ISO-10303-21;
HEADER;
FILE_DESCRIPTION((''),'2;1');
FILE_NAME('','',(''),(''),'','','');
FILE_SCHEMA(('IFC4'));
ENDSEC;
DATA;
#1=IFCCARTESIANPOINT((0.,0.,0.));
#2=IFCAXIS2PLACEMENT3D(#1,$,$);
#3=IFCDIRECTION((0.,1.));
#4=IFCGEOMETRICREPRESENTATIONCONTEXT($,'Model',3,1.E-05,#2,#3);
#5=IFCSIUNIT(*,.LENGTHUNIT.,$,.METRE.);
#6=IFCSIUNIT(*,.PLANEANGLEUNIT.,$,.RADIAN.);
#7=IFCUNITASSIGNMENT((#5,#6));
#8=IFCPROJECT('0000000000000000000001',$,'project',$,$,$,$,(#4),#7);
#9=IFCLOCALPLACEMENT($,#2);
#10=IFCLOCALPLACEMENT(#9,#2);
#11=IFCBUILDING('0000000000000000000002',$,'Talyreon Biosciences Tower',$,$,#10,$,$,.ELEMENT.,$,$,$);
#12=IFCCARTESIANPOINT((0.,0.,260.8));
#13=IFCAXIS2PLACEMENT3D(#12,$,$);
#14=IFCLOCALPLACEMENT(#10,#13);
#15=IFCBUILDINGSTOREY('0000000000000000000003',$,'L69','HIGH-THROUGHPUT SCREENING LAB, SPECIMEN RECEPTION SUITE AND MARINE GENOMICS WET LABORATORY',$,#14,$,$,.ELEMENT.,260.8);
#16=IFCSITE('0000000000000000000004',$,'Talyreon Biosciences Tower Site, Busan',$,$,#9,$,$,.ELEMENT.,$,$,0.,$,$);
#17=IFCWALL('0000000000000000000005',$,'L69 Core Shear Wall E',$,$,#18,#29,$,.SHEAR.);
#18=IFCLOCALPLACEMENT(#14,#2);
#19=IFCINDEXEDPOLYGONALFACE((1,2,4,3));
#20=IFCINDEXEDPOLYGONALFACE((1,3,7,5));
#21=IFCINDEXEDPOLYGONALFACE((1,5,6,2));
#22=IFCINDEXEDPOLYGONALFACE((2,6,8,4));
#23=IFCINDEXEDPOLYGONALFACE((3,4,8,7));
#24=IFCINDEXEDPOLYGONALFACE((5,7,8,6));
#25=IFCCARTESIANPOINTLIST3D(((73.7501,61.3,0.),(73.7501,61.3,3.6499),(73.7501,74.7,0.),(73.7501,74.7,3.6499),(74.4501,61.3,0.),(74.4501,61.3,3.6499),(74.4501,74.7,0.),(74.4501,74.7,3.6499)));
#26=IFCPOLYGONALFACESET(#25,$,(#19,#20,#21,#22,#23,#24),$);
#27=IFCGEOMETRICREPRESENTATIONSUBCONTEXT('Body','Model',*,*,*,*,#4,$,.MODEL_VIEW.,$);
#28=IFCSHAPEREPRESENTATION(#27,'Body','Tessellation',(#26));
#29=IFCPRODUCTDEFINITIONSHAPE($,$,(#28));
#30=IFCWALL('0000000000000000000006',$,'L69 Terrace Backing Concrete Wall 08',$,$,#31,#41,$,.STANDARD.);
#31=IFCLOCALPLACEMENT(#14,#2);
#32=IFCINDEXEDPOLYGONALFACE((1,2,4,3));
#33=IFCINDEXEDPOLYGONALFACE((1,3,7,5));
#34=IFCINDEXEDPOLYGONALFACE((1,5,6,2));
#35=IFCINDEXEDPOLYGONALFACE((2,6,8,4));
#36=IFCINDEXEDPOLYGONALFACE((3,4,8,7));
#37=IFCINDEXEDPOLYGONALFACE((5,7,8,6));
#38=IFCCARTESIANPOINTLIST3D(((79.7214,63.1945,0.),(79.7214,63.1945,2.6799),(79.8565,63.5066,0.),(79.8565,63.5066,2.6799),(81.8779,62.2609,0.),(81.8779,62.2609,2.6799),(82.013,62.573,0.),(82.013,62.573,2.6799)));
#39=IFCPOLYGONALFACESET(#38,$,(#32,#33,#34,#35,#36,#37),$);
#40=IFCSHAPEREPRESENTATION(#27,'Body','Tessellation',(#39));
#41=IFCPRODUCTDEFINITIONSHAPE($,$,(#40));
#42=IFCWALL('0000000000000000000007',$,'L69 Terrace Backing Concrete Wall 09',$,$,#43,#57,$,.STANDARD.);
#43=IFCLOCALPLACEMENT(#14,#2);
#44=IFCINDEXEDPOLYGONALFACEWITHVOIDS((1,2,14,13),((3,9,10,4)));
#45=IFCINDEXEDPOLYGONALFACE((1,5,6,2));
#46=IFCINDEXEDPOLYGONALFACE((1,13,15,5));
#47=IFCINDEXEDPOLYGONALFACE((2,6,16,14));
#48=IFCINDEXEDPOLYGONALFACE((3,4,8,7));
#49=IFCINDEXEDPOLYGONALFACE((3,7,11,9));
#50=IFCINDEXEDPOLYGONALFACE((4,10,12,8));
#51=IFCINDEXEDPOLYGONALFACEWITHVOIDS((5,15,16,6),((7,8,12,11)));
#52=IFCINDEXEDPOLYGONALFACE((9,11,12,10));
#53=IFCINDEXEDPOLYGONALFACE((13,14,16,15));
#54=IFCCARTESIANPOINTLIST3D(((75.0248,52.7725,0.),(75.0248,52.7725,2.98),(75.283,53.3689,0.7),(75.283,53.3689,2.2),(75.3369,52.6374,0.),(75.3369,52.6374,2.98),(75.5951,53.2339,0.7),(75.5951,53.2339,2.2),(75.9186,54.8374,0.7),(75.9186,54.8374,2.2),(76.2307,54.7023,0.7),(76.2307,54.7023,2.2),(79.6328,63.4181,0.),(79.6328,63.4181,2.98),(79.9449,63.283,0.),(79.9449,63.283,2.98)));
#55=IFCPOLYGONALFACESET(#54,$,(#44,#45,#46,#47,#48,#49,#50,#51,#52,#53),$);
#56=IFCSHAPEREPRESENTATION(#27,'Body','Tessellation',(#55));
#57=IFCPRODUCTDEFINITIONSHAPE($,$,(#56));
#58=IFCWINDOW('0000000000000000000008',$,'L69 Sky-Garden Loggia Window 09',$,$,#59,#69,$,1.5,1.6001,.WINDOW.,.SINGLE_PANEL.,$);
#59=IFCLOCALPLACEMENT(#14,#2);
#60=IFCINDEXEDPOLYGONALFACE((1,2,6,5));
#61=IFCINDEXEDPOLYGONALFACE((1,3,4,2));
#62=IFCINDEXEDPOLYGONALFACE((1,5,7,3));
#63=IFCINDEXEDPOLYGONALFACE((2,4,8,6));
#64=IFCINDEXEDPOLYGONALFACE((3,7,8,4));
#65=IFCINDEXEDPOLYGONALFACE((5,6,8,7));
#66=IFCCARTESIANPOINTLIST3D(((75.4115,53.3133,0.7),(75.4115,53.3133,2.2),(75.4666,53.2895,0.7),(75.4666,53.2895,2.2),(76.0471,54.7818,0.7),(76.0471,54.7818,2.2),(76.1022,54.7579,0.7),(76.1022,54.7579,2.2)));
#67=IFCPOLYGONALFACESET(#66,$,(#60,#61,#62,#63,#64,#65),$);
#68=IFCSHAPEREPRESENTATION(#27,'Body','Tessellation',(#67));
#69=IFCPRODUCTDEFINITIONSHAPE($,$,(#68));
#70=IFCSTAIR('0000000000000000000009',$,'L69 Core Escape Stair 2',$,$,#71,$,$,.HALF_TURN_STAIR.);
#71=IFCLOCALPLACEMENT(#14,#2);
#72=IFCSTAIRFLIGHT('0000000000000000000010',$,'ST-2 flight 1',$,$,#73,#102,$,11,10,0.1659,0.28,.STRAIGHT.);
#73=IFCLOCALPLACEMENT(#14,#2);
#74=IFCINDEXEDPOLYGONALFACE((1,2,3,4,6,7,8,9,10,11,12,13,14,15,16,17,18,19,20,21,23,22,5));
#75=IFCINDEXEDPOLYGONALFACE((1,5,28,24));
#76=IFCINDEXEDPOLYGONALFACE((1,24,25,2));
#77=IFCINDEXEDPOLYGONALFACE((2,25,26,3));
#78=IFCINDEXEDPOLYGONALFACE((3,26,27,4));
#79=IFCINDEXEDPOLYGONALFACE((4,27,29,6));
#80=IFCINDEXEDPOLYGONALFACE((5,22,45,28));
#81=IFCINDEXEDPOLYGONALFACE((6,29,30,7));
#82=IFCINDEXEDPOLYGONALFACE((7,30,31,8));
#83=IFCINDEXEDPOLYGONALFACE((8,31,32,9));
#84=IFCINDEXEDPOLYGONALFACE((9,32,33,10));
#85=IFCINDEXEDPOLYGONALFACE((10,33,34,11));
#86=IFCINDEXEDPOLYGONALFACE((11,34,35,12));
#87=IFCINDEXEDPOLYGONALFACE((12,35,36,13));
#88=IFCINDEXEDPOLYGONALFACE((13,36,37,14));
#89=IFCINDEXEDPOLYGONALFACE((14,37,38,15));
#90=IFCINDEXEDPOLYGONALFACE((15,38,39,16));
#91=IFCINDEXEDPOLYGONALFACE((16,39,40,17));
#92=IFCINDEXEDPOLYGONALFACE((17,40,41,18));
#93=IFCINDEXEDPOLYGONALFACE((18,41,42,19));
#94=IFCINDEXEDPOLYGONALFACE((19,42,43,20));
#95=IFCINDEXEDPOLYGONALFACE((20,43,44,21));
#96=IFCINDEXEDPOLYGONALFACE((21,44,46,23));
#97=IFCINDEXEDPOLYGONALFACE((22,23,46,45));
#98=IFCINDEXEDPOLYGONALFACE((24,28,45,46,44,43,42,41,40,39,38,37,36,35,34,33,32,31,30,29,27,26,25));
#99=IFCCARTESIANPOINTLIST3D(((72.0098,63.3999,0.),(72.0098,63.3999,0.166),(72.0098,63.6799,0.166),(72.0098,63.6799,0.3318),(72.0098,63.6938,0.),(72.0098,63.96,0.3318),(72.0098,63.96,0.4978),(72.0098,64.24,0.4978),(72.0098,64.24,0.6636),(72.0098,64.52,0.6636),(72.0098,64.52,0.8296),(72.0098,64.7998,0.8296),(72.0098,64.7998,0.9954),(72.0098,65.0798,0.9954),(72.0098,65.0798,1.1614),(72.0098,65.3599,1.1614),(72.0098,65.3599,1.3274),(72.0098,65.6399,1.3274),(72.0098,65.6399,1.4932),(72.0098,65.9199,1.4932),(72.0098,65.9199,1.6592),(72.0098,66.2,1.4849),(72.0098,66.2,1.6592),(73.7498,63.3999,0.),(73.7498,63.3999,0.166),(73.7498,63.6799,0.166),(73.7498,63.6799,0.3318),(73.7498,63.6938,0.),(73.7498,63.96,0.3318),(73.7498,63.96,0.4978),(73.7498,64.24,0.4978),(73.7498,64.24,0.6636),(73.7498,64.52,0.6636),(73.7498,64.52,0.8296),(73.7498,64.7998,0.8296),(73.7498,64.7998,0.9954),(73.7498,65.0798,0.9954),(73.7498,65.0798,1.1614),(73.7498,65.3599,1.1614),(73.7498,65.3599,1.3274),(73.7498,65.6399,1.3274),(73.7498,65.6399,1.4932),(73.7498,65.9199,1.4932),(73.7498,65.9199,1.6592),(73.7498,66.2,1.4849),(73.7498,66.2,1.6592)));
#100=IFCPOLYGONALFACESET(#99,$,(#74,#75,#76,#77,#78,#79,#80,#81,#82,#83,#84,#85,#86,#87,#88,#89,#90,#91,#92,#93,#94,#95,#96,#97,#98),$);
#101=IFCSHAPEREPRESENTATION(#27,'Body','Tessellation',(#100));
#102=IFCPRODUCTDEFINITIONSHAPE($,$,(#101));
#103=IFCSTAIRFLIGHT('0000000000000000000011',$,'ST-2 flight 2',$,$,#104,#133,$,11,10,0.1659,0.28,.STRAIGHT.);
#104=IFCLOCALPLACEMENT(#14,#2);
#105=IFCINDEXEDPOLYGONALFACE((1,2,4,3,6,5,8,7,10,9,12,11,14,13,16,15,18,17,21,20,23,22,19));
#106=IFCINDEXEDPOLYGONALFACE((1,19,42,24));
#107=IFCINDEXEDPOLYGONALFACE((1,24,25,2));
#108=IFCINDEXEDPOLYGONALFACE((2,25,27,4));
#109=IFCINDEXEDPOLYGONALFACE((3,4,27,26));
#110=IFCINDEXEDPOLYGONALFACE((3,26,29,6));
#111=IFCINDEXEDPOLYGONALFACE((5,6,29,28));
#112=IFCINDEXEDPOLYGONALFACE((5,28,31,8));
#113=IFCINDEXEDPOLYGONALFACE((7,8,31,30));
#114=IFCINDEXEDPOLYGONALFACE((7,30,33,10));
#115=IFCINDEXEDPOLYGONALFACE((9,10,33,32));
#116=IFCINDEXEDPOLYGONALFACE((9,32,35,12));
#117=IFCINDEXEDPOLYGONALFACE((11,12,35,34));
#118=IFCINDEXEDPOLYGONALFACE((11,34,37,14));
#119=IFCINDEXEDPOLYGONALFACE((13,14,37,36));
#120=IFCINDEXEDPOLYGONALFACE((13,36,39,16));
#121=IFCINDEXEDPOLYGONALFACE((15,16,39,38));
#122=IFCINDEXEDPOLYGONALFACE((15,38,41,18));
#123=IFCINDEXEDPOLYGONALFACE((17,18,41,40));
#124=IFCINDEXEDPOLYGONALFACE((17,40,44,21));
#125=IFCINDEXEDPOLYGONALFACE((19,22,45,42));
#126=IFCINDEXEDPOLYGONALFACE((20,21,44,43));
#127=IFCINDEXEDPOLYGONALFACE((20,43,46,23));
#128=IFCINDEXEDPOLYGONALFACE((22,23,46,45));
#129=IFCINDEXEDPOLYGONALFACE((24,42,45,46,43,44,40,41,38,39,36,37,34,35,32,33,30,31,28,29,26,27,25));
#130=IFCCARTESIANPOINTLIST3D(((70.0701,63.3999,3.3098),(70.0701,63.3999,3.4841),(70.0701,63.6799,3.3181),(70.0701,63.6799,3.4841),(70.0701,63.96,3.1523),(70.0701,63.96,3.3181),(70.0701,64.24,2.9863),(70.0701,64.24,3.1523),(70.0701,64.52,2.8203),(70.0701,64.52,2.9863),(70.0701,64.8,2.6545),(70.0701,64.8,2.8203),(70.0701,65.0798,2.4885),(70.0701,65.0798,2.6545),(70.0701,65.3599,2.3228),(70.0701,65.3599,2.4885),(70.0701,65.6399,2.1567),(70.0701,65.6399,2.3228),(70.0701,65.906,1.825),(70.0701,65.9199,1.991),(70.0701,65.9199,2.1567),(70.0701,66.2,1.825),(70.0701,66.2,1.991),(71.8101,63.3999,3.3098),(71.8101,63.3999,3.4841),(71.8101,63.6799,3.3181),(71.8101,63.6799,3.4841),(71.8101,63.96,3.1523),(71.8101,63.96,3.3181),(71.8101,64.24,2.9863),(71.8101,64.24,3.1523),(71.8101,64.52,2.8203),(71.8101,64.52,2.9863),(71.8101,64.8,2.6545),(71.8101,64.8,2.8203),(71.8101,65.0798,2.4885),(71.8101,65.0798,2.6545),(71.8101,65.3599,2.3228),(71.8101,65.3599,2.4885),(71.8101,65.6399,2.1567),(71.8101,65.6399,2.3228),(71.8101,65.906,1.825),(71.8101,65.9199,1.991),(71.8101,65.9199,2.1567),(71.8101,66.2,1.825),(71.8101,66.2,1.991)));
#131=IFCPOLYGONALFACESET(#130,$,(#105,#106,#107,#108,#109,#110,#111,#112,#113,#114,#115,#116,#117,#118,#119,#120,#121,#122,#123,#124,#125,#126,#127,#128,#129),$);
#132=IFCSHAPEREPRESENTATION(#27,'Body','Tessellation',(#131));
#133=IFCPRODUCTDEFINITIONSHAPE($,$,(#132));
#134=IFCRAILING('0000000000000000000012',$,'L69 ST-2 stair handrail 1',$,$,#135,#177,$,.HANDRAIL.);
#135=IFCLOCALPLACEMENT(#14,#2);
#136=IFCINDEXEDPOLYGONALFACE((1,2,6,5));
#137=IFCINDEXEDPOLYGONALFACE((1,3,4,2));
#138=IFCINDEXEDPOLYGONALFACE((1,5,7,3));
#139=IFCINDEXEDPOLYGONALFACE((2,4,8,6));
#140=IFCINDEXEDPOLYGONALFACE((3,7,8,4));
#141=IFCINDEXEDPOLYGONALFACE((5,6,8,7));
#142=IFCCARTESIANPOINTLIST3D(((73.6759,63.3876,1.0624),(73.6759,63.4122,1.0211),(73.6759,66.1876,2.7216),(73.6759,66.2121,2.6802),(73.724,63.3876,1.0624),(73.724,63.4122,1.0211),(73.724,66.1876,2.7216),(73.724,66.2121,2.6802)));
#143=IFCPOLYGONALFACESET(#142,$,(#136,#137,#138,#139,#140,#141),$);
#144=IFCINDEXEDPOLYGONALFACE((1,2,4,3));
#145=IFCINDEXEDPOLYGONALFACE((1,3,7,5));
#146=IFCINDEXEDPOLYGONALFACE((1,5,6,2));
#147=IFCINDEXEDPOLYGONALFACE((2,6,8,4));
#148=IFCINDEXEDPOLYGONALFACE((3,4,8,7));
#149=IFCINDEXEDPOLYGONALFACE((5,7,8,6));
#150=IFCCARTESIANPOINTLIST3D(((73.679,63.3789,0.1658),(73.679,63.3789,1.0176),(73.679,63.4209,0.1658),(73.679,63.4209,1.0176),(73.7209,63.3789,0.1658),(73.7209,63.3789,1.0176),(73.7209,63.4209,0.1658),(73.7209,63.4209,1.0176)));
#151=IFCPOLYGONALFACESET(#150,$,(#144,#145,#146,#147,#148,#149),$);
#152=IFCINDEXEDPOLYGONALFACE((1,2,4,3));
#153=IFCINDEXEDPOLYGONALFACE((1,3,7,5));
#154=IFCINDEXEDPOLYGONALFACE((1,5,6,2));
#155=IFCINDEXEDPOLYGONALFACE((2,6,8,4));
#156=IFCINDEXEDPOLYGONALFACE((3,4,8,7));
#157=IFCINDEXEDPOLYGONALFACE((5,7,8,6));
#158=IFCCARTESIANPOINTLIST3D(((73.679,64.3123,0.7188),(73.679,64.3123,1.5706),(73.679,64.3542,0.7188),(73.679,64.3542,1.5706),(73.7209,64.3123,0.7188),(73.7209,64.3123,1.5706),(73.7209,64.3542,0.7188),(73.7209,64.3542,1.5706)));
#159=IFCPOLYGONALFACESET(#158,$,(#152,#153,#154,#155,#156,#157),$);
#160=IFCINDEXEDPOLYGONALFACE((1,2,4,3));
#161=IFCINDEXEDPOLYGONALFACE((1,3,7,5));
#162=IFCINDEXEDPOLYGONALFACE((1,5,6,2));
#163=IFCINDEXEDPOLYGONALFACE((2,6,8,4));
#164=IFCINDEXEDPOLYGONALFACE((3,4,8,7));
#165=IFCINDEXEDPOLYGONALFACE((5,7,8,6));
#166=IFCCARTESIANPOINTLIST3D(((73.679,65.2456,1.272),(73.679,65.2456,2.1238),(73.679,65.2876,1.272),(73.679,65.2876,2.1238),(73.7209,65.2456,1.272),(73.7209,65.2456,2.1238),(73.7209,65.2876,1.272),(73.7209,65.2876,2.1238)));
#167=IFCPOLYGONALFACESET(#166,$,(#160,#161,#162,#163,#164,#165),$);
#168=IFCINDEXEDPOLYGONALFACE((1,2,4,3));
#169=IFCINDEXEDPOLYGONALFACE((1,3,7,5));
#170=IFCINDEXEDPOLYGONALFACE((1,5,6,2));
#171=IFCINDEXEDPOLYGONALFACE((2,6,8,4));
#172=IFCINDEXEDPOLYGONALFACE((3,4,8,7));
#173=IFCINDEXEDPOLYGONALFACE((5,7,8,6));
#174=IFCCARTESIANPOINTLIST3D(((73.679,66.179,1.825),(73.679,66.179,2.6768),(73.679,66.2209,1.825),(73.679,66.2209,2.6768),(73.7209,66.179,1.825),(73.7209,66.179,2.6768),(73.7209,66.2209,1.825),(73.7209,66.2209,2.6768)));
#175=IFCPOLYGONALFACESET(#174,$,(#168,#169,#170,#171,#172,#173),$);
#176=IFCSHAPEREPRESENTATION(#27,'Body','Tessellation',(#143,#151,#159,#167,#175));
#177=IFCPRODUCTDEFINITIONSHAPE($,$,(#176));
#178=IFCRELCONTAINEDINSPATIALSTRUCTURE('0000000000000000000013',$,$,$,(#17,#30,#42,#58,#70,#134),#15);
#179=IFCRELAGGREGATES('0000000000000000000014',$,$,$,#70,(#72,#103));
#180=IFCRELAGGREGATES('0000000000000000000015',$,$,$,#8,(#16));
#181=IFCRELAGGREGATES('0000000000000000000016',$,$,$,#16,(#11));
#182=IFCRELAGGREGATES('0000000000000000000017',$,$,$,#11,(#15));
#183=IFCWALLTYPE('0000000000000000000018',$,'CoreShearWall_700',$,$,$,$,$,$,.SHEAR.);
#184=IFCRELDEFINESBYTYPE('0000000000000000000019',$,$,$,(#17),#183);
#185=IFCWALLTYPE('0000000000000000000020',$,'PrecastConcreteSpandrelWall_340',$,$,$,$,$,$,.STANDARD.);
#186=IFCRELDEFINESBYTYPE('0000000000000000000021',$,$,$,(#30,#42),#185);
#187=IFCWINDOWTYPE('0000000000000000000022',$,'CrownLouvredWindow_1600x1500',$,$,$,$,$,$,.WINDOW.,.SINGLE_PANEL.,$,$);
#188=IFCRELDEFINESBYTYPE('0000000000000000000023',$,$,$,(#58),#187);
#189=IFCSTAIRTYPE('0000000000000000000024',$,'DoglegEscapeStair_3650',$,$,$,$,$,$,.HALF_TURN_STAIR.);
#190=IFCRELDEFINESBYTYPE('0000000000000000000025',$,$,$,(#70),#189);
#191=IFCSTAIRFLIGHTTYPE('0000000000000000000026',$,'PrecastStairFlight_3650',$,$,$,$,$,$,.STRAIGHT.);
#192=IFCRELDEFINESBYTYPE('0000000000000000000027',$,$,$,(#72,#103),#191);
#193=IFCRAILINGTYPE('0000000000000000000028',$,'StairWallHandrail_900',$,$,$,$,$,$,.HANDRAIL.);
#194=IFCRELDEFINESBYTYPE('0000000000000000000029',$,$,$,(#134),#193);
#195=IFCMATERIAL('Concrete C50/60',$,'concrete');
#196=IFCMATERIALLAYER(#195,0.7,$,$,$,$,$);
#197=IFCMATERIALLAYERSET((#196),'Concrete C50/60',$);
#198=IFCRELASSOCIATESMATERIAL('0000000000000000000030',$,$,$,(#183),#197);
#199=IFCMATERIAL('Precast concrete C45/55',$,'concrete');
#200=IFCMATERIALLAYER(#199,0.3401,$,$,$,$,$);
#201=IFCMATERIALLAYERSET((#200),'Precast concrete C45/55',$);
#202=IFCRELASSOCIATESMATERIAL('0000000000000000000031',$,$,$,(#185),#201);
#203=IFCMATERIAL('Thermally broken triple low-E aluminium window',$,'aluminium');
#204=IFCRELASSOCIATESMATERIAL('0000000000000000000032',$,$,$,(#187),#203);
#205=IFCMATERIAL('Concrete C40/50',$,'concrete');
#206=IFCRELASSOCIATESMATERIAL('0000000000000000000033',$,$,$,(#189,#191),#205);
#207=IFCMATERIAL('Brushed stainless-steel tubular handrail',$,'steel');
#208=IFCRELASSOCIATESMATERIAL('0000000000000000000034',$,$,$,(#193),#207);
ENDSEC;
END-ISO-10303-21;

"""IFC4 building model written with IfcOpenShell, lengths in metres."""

from ifc_helpers import new_model, si_unit, direction, frame, frame_2d, origin, origin_2d, place, context, subcontext, project, spatial, polyline, rectangle, outline, extrude, material, layer, layer_set, type_object, element, fill, aggregate, save


model = new_model("IFC4")

# Units and contexts
model_context = context("Model", 3, precision=1e-05, world=origin(), true_north=direction((0.0, 1.0)))
body_context = subcontext(model_context, "Body", "Model", "MODEL_VIEW")
ifc_project = project(units=[si_unit("LENGTHUNIT", "METRE"), si_unit("PLANEANGLEUNIT", "RADIAN")], contexts=[model_context])

# Site, building, storey
site_placement = place(None, origin())
site = spatial("IfcSite", under=ifc_project, at=site_placement, Name="Talyreon Biosciences Tower Site, Busan", CompositionType="ELEMENT", RefElevation=0.0)
building_placement = place(site_placement, origin())
building = spatial("IfcBuilding", under=site, at=building_placement, Name="Talyreon Biosciences Tower", CompositionType="ELEMENT")
storey_placement = place(building_placement, frame((0.0, 0.0, 260.8)))
storey = spatial("IfcBuildingStorey", under=building, at=storey_placement, Name="L69", Description="HIGH-THROUGHPUT SCREENING LAB, SPECIMEN RECEPTION SUITE AND MARINE GENOMICS WET LABORATORY", CompositionType="ELEMENT", Elevation=260.8)

# Shared definitions
ifc_material_1 = material(Name="Concrete C50/60", Category="concrete")

# Walls
ifc_layer_1 = layer(ifc_material_1, 0.7)
ifc_layer_set_1 = layer_set([ifc_layer_1], Name="Concrete C50/60")
wall_type_1 = type_object("IfcWallType", Name="CoreShearWall_700", PredefinedType="SHEAR", material=ifc_layer_set_1)
wall_1_placement = place(storey_placement, frame((74.1001, 61.3, 0.0), z_axis=(0.0, 0.0, 1.0), x_axis=(0.0, 1.0, 0.0)))
element("IfcWall", 1, at=wall_1_placement, inside=storey, type_object=wall_type_1, Name="L69 Core Shear Wall E", PredefinedType="SHEAR", context=body_context, shape_type="SweptSolid", body=[
    extrude(rectangle(XDim=13.3999, YDim=0.7, at=frame_2d((6.7, 0.0))), origin(), (0.0, 0.0, 1.0), 3.6499),
])
ifc_material_2 = material(Name="Precast concrete C45/55", Category="concrete")
ifc_layer_2 = layer(ifc_material_2, 0.3401)
ifc_layer_set_2 = layer_set([ifc_layer_2], Name="Precast concrete C45/55")
wall_type_2 = type_object("IfcWallType", Name="PrecastConcreteSpandrelWall_340", PredefinedType="STANDARD", material=ifc_layer_set_2)
wall_2_placement = place(storey_placement, frame((81.9453, 62.417, 0.0), z_axis=(0.0, 0.0, 1.0), x_axis=(-0.917693, 0.39729, 0.0)))
element("IfcWall", 2, at=wall_2_placement, inside=storey, type_object=wall_type_2, Name="L69 Terrace Backing Concrete Wall 08", PredefinedType="STANDARD", context=body_context, shape_type="SweptSolid", body=[
    extrude(rectangle(XDim=2.3499, YDim=0.3401, at=frame_2d((1.1748, 0.0))), origin(), (0.0, 0.0, 1.0), 2.6799),
])

# Wall, opening, window
wall_3_placement = place(storey_placement, frame((79.7888, 63.3506, 0.0), z_axis=(0.0, 0.0, 1.0), x_axis=(-0.397234, -0.917717, 0.0)))
wall_3 = element("IfcWall", 3, at=wall_3_placement, inside=storey, type_object=wall_type_2, Name="L69 Terrace Backing Concrete Wall 09", PredefinedType="STANDARD", context=body_context, shape_type="SweptSolid", body=[
    extrude(rectangle(XDim=11.6001, YDim=0.3401, at=frame_2d((5.8, 0.0))), origin(), (0.0, 0.0, 1.0), 2.98),
])
opening_1_placement = place(wall_3_placement, frame((9.3501, 0.0, 0.7)))
opening_1 = element("IfcOpeningElement", 4, at=opening_1_placement, cuts=wall_3, PredefinedType="OPENING", context=body_context, shape_type="SweptSolid", body=[
    extrude(rectangle(XDim=1.6001, YDim=1.5, at=frame_2d((0.8, 0.75))), frame((0.0, 0.1799, 0.0), z_axis=(0.0, -1.0, 0.0), x_axis=(1.0, 0.0, 0.0)), (0.0, 0.0, 1.0), 0.3601),
])
ifc_material_3 = material(Name="Thermally broken triple low-E aluminium window", Category="aluminium")
window_type = type_object("IfcWindowType", Name="CrownLouvredWindow_1600x1500", PartitioningType="SINGLE_PANEL", PredefinedType="WINDOW", material=ifc_material_3)
window_placement = place(opening_1_placement, origin())
window = element("IfcWindow", 5, at=window_placement, inside=storey, type_object=window_type, Name="L69 Sky-Garden Loggia Window 09", OverallHeight=1.5, OverallWidth=1.6001, PartitioningType="SINGLE_PANEL", PredefinedType="WINDOW", context=body_context, shape_type="SweptSolid", body=[
    extrude(rectangle(XDim=1.6001, YDim=1.5, at=frame_2d((0.8, 0.75))), frame((0.0, 0.03, 0.0), z_axis=(0.0, -1.0, 0.0), x_axis=(1.0, 0.0, 0.0)), (0.0, 0.0, 1.0), 0.0601),
])
fill(opening_1, window)

# Stair, stair flights
ifc_material_4 = material(Name="Concrete C40/50", Category="concrete")
stair_type = type_object("IfcStairType", Name="DoglegEscapeStair_3650", PredefinedType="HALF_TURN_STAIR", material=ifc_material_4)
stair_placement = place(storey_placement, origin())
stair = element("IfcStair", 6, at=stair_placement, inside=storey, type_object=stair_type, Name="L69 Core Escape Stair 2", PredefinedType="HALF_TURN_STAIR")
stair_flight_type = type_object("IfcStairFlightType", Name="PrecastStairFlight_3650", PredefinedType="STRAIGHT", material=ifc_material_4)
stair_flight_1_placement = place(storey_placement, frame((72.8799, 63.3999, 0.0), z_axis=(0.0, 0.0, 1.0), x_axis=(0.0, 1.0, 0.0)))
stair_flight_1 = element("IfcStairFlight", 7, at=stair_flight_1_placement, type_object=stair_flight_type, Name="ST-2 flight 1", NumberOfRisers=11, NumberOfTreads=10, PredefinedType="STRAIGHT", RiserHeight=0.1659, TreadLength=0.28, context=body_context, shape_type="SweptSolid", body=[
    extrude(outline(polyline([(0.0, 0.0), (0.0, 0.166), (0.28, 0.166), (0.28, 0.3318), (0.5601, 0.3318), (0.5601, 0.4978), (0.8401, 0.4978), (0.8401, 0.6636), (1.1201, 0.6636), (1.1201, 0.8296), (1.3999, 0.8296), (1.3999, 0.9954), (1.6799, 0.9954), (1.6799, 1.1614), (1.96, 1.1614), (1.96, 1.3274), (2.24, 1.3274), (2.24, 1.4932), (2.52, 1.4932), (2.52, 1.6592), (2.8, 1.6592), (2.8, 1.825), (2.8, 1.4849), (0.2939, 0.0), (0.0, 0.0)])), frame((0.0, 0.8701, 0.0), z_axis=(0.0, -1.0, 0.0), x_axis=(1.0, 0.0, 0.0)), (0.0, 0.0, 1.0), 1.74),
])
stair_flight_2_placement = place(storey_placement, frame((70.9399, 66.2, 1.825), z_axis=(0.0, 0.0, 1.0), x_axis=(0.0, -1.0, 0.0)))
stair_flight_2 = element("IfcStairFlight", 8, at=stair_flight_2_placement, type_object=stair_flight_type, Name="ST-2 flight 2", NumberOfRisers=11, NumberOfTreads=10, PredefinedType="STRAIGHT", RiserHeight=0.1659, TreadLength=0.28, context=body_context, shape_type="SweptSolid", body=[
    extrude(outline(polyline([(0.0, 0.0), (0.0, 0.166), (0.28, 0.166), (0.28, 0.3318), (0.5601, 0.3318), (0.5601, 0.4978), (0.8401, 0.4978), (0.8401, 0.6636), (1.1201, 0.6636), (1.1201, 0.8296), (1.3999, 0.8296), (1.3999, 0.9954), (1.6799, 0.9954), (1.6799, 1.1614), (1.96, 1.1614), (1.96, 1.3274), (2.24, 1.3274), (2.24, 1.4932), (2.52, 1.4932), (2.52, 1.6592), (2.8, 1.6592), (2.8, 1.825), (2.8, 1.4849), (0.2939, 0.0), (0.0, 0.0)])), frame((0.0, 0.8701, 0.0), z_axis=(0.0, -1.0, 0.0), x_axis=(1.0, 0.0, 0.0)), (0.0, 0.0, 1.0), 1.74),
])
aggregate(stair, [stair_flight_1, stair_flight_2])

# Railing
ifc_material_5 = material(Name="Brushed stainless-steel tubular handrail", Category="steel")
railing_type_1 = type_object("IfcRailingType", Name="StairWallHandrail_900", PredefinedType="HANDRAIL", material=ifc_material_5)
railing_1_placement = place(storey_placement, frame((73.7, 63.3999, 0.1658)))
element("IfcRailing", 9, at=railing_1_placement, inside=storey, type_object=railing_type_1, Name="L69 ST-2 stair handrail 1", PredefinedType="HANDRAIL", context=body_context, shape_type="SweptSolid", body=[
    extrude(rectangle(XDim=0.0481, YDim=0.0481, at=origin_2d()), frame((0.0, 0.0, 0.876), z_axis=(0.0, 0.860306, 0.509778), x_axis=(-1.0, 0.0, 0.0)), (0.0, 0.0, 1.0), 3.2546),
    extrude(rectangle(XDim=0.042, YDim=0.042, at=origin_2d()), origin(), (0.0, 0.0, 1.0), 0.8518),
    extrude(rectangle(XDim=0.042, YDim=0.042, at=origin_2d()), frame((0.0, 0.9333, 0.553)), (0.0, 0.0, 1.0), 0.8518),
    extrude(rectangle(XDim=0.042, YDim=0.042, at=origin_2d()), frame((0.0, 1.8667, 1.1062)), (0.0, 0.0, 1.0), 0.8518),
    extrude(rectangle(XDim=0.042, YDim=0.042, at=origin_2d()), frame((0.0, 2.8, 1.6592)), (0.0, 0.0, 1.0), 0.8518),
])

save(model, "model.ifc")
